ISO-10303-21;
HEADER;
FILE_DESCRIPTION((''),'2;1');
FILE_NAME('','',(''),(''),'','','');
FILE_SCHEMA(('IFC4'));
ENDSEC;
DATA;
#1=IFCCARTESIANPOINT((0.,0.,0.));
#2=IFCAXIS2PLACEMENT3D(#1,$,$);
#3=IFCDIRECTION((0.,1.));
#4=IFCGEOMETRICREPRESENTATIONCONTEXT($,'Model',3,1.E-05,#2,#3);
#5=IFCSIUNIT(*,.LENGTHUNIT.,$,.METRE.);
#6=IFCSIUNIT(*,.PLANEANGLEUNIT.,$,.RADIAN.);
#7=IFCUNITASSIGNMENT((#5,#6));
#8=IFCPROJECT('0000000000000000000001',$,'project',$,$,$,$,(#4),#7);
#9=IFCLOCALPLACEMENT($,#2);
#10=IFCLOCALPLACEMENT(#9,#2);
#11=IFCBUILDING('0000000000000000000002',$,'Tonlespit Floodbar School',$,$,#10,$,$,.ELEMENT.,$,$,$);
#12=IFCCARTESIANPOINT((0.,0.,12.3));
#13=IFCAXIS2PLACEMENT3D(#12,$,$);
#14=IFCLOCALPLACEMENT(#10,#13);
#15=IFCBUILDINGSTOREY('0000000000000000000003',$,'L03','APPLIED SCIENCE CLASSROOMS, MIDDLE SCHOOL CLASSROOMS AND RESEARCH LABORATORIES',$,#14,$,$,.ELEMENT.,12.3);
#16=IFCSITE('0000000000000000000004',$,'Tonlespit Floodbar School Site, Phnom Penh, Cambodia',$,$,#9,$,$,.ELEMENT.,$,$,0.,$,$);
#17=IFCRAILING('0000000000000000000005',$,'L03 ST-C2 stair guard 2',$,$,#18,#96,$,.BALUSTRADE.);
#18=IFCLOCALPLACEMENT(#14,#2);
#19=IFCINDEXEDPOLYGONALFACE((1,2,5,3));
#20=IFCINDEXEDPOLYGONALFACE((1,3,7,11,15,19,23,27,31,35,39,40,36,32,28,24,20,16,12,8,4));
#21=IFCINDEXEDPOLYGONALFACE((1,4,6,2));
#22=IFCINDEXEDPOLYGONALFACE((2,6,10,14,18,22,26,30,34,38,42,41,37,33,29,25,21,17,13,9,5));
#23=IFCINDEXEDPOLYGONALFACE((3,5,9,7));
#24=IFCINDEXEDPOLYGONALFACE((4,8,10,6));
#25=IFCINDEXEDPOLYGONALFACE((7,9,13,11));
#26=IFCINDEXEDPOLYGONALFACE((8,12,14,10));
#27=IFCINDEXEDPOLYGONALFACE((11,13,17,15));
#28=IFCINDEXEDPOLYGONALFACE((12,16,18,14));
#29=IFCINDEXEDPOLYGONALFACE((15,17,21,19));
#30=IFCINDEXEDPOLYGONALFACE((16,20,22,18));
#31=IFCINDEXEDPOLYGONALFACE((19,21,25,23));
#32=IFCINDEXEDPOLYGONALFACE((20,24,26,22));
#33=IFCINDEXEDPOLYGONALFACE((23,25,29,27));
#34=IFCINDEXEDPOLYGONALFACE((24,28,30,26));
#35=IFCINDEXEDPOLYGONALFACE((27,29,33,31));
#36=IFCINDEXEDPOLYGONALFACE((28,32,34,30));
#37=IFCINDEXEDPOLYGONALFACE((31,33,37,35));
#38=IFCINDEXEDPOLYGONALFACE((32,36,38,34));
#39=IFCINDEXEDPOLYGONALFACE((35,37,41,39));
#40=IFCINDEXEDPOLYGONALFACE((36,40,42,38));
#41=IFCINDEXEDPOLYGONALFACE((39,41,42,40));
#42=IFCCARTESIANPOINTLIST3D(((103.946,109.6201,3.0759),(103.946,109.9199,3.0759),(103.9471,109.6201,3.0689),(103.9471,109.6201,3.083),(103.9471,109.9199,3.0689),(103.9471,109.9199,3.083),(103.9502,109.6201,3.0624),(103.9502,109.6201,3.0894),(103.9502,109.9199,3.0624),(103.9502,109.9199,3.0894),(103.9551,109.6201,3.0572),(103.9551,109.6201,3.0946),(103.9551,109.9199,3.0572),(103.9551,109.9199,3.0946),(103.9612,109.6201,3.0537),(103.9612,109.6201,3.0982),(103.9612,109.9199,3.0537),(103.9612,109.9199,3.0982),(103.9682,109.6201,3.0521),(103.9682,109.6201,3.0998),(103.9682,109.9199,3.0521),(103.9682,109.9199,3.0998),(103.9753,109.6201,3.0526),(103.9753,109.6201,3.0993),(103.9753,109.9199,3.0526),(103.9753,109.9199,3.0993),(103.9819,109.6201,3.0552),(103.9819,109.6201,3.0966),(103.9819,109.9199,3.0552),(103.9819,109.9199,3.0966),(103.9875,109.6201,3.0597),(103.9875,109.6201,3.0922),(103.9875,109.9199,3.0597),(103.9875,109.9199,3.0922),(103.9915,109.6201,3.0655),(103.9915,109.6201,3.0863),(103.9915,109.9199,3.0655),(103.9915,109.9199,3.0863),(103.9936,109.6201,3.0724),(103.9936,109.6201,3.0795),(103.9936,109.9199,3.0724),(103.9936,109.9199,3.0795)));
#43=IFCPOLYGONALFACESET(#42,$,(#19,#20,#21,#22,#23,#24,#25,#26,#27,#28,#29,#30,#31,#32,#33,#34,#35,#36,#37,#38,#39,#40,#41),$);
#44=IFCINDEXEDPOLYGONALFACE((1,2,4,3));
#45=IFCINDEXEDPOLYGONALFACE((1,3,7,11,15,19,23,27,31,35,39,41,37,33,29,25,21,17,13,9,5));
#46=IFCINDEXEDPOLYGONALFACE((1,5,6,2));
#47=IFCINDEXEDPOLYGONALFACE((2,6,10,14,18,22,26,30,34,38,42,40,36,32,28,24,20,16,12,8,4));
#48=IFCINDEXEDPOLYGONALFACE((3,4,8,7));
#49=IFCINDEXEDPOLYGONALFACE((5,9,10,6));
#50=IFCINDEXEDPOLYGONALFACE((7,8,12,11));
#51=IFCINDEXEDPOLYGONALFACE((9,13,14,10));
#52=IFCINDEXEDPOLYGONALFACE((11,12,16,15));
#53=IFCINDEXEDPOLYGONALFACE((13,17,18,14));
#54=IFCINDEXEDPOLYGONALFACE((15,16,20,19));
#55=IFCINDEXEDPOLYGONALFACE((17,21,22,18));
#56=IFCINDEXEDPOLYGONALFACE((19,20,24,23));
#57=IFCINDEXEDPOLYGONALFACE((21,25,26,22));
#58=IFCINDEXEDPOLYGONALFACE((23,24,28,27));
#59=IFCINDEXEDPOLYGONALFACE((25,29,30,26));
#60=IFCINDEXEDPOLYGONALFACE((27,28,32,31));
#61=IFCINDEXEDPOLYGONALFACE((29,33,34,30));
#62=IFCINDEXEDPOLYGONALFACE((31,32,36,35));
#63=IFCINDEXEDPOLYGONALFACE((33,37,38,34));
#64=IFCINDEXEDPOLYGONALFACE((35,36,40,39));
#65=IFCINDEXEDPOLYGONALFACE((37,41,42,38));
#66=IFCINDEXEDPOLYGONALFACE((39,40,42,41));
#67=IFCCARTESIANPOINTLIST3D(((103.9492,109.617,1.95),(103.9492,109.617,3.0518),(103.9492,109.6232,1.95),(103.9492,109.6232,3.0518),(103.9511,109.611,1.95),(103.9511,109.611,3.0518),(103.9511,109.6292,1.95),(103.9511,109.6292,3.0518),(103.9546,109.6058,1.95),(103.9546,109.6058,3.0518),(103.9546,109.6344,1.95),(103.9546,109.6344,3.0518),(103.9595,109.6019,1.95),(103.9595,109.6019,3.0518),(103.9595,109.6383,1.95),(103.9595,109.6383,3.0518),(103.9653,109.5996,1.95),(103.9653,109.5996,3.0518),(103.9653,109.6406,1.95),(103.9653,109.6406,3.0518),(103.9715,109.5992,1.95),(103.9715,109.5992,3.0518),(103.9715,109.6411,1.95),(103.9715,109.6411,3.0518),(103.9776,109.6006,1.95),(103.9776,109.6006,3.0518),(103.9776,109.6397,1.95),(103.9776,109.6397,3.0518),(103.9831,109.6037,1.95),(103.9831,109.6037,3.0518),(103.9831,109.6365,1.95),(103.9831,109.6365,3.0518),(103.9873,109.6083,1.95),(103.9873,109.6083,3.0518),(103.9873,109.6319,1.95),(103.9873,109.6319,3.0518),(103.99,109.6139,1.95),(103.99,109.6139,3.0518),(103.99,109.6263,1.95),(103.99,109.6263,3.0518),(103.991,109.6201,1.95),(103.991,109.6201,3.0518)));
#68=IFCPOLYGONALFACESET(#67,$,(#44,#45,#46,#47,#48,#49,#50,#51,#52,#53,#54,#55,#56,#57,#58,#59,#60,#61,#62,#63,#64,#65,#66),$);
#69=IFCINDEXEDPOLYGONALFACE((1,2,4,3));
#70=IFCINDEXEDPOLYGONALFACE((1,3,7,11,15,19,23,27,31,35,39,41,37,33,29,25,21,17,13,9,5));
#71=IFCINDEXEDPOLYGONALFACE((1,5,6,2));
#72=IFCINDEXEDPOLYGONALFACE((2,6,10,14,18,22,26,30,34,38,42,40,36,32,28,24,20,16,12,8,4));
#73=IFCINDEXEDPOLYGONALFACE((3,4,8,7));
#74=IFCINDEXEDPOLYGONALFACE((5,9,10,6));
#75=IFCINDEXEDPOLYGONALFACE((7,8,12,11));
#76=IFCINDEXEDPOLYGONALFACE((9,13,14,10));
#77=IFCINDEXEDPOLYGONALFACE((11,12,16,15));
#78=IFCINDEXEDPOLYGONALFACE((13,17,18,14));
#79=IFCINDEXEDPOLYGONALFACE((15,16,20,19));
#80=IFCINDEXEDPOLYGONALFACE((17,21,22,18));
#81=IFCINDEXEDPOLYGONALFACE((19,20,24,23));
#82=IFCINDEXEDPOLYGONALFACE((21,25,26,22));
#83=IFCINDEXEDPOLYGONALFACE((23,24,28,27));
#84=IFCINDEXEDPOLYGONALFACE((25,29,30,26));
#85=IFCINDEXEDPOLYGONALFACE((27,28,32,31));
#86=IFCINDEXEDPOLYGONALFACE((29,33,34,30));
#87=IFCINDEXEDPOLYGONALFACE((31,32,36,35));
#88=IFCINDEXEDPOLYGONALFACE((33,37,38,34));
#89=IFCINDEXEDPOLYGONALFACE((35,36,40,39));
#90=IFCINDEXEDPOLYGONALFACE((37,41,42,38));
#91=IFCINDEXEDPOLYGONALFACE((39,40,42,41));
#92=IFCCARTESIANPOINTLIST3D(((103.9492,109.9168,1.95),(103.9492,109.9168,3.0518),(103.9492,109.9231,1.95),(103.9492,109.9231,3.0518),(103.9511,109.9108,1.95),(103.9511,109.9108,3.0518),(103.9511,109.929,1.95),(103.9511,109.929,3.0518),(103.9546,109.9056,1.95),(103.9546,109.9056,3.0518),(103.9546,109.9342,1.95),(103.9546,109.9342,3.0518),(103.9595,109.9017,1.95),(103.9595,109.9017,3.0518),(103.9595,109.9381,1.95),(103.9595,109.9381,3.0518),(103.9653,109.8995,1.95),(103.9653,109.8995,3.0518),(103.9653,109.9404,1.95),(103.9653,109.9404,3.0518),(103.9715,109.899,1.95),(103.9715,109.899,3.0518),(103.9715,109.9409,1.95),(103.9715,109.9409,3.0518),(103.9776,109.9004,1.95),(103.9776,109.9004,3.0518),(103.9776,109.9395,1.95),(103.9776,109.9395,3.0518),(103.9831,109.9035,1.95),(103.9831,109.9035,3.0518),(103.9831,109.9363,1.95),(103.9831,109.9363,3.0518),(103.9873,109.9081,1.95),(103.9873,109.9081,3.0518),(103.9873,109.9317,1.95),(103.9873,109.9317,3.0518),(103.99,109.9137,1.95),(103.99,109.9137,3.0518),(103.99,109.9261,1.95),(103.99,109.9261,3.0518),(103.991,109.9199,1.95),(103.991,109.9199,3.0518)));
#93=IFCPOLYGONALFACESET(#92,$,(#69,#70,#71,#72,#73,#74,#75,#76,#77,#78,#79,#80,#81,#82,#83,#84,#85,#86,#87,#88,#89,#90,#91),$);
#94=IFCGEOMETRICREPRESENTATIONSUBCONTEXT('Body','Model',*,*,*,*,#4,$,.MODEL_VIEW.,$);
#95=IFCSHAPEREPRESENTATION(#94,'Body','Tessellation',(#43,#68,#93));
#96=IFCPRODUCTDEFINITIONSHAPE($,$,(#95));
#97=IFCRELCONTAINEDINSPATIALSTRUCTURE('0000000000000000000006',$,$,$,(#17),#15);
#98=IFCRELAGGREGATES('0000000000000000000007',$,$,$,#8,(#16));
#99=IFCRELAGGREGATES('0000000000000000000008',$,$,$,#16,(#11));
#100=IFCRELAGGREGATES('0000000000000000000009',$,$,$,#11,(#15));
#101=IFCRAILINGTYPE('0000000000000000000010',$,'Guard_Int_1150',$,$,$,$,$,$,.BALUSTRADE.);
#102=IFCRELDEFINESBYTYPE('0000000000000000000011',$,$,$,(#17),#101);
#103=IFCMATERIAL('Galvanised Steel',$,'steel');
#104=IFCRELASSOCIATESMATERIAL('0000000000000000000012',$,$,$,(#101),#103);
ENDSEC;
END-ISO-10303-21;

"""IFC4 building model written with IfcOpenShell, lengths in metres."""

from ifc_helpers import new_model, si_unit, direction, frame, origin, origin_2d, place, context, subcontext, project, spatial, circle, extrude, material, type_object, element, save


model = new_model("IFC4")

# Units and contexts
model_context = context("Model", 3, precision=1e-05, world=origin(), true_north=direction((0.0, 1.0)))
body_context = subcontext(model_context, "Body", "Model", "MODEL_VIEW")
ifc_project = project(units=[si_unit("LENGTHUNIT", "METRE"), si_unit("PLANEANGLEUNIT", "RADIAN")], contexts=[model_context])

# Site, building, storey
site_placement = place(None, origin())
site = spatial("IfcSite", under=ifc_project, at=site_placement, Name="Tonlespit Floodbar School Site, Phnom Penh, Cambodia", CompositionType="ELEMENT", RefElevation=0.0)
building_placement = place(site_placement, origin())
building = spatial("IfcBuilding", under=site, at=building_placement, Name="Tonlespit Floodbar School", CompositionType="ELEMENT")
storey_placement = place(building_placement, frame((0.0, 0.0, 12.3)))
storey = spatial("IfcBuildingStorey", under=building, at=storey_placement, Name="L03", Description="APPLIED SCIENCE CLASSROOMS, MIDDLE SCHOOL CLASSROOMS AND RESEARCH LABORATORIES", CompositionType="ELEMENT", Elevation=12.3)

# Railing
ifc_material_1 = material(Name="Galvanised Steel", Category="steel")
railing_type_1 = type_object("IfcRailingType", Name="Guard_Int_1150", PredefinedType="BALUSTRADE", material=ifc_material_1)
railing_1_placement = place(storey_placement, frame((103.97, 109.6201, 1.95)))
element("IfcRailing", 1, at=railing_1_placement, inside=storey, type_object=railing_type_1, Name="L03 ST-C2 stair guard 2", PredefinedType="BALUSTRADE", context=body_context, shape_type="SweptSolid", body=[
    extrude(circle(Radius=0.0239, at=origin_2d()), frame((0.0, 0.0, 1.126), z_axis=(0.0, 1.0, 0.0), x_axis=(-1.0, 0.0, 0.0)), (0.0, 0.0, 1.0), 0.2998),
    extrude(circle(Radius=0.021, at=origin_2d()), origin(), (0.0, 0.0, 1.0), 1.1018),
    extrude(circle(Radius=0.021, at=origin_2d()), frame((0.0, 0.2998, 0.0)), (0.0, 0.0, 1.0), 1.1018),
])

save(model, "model.ifc")
